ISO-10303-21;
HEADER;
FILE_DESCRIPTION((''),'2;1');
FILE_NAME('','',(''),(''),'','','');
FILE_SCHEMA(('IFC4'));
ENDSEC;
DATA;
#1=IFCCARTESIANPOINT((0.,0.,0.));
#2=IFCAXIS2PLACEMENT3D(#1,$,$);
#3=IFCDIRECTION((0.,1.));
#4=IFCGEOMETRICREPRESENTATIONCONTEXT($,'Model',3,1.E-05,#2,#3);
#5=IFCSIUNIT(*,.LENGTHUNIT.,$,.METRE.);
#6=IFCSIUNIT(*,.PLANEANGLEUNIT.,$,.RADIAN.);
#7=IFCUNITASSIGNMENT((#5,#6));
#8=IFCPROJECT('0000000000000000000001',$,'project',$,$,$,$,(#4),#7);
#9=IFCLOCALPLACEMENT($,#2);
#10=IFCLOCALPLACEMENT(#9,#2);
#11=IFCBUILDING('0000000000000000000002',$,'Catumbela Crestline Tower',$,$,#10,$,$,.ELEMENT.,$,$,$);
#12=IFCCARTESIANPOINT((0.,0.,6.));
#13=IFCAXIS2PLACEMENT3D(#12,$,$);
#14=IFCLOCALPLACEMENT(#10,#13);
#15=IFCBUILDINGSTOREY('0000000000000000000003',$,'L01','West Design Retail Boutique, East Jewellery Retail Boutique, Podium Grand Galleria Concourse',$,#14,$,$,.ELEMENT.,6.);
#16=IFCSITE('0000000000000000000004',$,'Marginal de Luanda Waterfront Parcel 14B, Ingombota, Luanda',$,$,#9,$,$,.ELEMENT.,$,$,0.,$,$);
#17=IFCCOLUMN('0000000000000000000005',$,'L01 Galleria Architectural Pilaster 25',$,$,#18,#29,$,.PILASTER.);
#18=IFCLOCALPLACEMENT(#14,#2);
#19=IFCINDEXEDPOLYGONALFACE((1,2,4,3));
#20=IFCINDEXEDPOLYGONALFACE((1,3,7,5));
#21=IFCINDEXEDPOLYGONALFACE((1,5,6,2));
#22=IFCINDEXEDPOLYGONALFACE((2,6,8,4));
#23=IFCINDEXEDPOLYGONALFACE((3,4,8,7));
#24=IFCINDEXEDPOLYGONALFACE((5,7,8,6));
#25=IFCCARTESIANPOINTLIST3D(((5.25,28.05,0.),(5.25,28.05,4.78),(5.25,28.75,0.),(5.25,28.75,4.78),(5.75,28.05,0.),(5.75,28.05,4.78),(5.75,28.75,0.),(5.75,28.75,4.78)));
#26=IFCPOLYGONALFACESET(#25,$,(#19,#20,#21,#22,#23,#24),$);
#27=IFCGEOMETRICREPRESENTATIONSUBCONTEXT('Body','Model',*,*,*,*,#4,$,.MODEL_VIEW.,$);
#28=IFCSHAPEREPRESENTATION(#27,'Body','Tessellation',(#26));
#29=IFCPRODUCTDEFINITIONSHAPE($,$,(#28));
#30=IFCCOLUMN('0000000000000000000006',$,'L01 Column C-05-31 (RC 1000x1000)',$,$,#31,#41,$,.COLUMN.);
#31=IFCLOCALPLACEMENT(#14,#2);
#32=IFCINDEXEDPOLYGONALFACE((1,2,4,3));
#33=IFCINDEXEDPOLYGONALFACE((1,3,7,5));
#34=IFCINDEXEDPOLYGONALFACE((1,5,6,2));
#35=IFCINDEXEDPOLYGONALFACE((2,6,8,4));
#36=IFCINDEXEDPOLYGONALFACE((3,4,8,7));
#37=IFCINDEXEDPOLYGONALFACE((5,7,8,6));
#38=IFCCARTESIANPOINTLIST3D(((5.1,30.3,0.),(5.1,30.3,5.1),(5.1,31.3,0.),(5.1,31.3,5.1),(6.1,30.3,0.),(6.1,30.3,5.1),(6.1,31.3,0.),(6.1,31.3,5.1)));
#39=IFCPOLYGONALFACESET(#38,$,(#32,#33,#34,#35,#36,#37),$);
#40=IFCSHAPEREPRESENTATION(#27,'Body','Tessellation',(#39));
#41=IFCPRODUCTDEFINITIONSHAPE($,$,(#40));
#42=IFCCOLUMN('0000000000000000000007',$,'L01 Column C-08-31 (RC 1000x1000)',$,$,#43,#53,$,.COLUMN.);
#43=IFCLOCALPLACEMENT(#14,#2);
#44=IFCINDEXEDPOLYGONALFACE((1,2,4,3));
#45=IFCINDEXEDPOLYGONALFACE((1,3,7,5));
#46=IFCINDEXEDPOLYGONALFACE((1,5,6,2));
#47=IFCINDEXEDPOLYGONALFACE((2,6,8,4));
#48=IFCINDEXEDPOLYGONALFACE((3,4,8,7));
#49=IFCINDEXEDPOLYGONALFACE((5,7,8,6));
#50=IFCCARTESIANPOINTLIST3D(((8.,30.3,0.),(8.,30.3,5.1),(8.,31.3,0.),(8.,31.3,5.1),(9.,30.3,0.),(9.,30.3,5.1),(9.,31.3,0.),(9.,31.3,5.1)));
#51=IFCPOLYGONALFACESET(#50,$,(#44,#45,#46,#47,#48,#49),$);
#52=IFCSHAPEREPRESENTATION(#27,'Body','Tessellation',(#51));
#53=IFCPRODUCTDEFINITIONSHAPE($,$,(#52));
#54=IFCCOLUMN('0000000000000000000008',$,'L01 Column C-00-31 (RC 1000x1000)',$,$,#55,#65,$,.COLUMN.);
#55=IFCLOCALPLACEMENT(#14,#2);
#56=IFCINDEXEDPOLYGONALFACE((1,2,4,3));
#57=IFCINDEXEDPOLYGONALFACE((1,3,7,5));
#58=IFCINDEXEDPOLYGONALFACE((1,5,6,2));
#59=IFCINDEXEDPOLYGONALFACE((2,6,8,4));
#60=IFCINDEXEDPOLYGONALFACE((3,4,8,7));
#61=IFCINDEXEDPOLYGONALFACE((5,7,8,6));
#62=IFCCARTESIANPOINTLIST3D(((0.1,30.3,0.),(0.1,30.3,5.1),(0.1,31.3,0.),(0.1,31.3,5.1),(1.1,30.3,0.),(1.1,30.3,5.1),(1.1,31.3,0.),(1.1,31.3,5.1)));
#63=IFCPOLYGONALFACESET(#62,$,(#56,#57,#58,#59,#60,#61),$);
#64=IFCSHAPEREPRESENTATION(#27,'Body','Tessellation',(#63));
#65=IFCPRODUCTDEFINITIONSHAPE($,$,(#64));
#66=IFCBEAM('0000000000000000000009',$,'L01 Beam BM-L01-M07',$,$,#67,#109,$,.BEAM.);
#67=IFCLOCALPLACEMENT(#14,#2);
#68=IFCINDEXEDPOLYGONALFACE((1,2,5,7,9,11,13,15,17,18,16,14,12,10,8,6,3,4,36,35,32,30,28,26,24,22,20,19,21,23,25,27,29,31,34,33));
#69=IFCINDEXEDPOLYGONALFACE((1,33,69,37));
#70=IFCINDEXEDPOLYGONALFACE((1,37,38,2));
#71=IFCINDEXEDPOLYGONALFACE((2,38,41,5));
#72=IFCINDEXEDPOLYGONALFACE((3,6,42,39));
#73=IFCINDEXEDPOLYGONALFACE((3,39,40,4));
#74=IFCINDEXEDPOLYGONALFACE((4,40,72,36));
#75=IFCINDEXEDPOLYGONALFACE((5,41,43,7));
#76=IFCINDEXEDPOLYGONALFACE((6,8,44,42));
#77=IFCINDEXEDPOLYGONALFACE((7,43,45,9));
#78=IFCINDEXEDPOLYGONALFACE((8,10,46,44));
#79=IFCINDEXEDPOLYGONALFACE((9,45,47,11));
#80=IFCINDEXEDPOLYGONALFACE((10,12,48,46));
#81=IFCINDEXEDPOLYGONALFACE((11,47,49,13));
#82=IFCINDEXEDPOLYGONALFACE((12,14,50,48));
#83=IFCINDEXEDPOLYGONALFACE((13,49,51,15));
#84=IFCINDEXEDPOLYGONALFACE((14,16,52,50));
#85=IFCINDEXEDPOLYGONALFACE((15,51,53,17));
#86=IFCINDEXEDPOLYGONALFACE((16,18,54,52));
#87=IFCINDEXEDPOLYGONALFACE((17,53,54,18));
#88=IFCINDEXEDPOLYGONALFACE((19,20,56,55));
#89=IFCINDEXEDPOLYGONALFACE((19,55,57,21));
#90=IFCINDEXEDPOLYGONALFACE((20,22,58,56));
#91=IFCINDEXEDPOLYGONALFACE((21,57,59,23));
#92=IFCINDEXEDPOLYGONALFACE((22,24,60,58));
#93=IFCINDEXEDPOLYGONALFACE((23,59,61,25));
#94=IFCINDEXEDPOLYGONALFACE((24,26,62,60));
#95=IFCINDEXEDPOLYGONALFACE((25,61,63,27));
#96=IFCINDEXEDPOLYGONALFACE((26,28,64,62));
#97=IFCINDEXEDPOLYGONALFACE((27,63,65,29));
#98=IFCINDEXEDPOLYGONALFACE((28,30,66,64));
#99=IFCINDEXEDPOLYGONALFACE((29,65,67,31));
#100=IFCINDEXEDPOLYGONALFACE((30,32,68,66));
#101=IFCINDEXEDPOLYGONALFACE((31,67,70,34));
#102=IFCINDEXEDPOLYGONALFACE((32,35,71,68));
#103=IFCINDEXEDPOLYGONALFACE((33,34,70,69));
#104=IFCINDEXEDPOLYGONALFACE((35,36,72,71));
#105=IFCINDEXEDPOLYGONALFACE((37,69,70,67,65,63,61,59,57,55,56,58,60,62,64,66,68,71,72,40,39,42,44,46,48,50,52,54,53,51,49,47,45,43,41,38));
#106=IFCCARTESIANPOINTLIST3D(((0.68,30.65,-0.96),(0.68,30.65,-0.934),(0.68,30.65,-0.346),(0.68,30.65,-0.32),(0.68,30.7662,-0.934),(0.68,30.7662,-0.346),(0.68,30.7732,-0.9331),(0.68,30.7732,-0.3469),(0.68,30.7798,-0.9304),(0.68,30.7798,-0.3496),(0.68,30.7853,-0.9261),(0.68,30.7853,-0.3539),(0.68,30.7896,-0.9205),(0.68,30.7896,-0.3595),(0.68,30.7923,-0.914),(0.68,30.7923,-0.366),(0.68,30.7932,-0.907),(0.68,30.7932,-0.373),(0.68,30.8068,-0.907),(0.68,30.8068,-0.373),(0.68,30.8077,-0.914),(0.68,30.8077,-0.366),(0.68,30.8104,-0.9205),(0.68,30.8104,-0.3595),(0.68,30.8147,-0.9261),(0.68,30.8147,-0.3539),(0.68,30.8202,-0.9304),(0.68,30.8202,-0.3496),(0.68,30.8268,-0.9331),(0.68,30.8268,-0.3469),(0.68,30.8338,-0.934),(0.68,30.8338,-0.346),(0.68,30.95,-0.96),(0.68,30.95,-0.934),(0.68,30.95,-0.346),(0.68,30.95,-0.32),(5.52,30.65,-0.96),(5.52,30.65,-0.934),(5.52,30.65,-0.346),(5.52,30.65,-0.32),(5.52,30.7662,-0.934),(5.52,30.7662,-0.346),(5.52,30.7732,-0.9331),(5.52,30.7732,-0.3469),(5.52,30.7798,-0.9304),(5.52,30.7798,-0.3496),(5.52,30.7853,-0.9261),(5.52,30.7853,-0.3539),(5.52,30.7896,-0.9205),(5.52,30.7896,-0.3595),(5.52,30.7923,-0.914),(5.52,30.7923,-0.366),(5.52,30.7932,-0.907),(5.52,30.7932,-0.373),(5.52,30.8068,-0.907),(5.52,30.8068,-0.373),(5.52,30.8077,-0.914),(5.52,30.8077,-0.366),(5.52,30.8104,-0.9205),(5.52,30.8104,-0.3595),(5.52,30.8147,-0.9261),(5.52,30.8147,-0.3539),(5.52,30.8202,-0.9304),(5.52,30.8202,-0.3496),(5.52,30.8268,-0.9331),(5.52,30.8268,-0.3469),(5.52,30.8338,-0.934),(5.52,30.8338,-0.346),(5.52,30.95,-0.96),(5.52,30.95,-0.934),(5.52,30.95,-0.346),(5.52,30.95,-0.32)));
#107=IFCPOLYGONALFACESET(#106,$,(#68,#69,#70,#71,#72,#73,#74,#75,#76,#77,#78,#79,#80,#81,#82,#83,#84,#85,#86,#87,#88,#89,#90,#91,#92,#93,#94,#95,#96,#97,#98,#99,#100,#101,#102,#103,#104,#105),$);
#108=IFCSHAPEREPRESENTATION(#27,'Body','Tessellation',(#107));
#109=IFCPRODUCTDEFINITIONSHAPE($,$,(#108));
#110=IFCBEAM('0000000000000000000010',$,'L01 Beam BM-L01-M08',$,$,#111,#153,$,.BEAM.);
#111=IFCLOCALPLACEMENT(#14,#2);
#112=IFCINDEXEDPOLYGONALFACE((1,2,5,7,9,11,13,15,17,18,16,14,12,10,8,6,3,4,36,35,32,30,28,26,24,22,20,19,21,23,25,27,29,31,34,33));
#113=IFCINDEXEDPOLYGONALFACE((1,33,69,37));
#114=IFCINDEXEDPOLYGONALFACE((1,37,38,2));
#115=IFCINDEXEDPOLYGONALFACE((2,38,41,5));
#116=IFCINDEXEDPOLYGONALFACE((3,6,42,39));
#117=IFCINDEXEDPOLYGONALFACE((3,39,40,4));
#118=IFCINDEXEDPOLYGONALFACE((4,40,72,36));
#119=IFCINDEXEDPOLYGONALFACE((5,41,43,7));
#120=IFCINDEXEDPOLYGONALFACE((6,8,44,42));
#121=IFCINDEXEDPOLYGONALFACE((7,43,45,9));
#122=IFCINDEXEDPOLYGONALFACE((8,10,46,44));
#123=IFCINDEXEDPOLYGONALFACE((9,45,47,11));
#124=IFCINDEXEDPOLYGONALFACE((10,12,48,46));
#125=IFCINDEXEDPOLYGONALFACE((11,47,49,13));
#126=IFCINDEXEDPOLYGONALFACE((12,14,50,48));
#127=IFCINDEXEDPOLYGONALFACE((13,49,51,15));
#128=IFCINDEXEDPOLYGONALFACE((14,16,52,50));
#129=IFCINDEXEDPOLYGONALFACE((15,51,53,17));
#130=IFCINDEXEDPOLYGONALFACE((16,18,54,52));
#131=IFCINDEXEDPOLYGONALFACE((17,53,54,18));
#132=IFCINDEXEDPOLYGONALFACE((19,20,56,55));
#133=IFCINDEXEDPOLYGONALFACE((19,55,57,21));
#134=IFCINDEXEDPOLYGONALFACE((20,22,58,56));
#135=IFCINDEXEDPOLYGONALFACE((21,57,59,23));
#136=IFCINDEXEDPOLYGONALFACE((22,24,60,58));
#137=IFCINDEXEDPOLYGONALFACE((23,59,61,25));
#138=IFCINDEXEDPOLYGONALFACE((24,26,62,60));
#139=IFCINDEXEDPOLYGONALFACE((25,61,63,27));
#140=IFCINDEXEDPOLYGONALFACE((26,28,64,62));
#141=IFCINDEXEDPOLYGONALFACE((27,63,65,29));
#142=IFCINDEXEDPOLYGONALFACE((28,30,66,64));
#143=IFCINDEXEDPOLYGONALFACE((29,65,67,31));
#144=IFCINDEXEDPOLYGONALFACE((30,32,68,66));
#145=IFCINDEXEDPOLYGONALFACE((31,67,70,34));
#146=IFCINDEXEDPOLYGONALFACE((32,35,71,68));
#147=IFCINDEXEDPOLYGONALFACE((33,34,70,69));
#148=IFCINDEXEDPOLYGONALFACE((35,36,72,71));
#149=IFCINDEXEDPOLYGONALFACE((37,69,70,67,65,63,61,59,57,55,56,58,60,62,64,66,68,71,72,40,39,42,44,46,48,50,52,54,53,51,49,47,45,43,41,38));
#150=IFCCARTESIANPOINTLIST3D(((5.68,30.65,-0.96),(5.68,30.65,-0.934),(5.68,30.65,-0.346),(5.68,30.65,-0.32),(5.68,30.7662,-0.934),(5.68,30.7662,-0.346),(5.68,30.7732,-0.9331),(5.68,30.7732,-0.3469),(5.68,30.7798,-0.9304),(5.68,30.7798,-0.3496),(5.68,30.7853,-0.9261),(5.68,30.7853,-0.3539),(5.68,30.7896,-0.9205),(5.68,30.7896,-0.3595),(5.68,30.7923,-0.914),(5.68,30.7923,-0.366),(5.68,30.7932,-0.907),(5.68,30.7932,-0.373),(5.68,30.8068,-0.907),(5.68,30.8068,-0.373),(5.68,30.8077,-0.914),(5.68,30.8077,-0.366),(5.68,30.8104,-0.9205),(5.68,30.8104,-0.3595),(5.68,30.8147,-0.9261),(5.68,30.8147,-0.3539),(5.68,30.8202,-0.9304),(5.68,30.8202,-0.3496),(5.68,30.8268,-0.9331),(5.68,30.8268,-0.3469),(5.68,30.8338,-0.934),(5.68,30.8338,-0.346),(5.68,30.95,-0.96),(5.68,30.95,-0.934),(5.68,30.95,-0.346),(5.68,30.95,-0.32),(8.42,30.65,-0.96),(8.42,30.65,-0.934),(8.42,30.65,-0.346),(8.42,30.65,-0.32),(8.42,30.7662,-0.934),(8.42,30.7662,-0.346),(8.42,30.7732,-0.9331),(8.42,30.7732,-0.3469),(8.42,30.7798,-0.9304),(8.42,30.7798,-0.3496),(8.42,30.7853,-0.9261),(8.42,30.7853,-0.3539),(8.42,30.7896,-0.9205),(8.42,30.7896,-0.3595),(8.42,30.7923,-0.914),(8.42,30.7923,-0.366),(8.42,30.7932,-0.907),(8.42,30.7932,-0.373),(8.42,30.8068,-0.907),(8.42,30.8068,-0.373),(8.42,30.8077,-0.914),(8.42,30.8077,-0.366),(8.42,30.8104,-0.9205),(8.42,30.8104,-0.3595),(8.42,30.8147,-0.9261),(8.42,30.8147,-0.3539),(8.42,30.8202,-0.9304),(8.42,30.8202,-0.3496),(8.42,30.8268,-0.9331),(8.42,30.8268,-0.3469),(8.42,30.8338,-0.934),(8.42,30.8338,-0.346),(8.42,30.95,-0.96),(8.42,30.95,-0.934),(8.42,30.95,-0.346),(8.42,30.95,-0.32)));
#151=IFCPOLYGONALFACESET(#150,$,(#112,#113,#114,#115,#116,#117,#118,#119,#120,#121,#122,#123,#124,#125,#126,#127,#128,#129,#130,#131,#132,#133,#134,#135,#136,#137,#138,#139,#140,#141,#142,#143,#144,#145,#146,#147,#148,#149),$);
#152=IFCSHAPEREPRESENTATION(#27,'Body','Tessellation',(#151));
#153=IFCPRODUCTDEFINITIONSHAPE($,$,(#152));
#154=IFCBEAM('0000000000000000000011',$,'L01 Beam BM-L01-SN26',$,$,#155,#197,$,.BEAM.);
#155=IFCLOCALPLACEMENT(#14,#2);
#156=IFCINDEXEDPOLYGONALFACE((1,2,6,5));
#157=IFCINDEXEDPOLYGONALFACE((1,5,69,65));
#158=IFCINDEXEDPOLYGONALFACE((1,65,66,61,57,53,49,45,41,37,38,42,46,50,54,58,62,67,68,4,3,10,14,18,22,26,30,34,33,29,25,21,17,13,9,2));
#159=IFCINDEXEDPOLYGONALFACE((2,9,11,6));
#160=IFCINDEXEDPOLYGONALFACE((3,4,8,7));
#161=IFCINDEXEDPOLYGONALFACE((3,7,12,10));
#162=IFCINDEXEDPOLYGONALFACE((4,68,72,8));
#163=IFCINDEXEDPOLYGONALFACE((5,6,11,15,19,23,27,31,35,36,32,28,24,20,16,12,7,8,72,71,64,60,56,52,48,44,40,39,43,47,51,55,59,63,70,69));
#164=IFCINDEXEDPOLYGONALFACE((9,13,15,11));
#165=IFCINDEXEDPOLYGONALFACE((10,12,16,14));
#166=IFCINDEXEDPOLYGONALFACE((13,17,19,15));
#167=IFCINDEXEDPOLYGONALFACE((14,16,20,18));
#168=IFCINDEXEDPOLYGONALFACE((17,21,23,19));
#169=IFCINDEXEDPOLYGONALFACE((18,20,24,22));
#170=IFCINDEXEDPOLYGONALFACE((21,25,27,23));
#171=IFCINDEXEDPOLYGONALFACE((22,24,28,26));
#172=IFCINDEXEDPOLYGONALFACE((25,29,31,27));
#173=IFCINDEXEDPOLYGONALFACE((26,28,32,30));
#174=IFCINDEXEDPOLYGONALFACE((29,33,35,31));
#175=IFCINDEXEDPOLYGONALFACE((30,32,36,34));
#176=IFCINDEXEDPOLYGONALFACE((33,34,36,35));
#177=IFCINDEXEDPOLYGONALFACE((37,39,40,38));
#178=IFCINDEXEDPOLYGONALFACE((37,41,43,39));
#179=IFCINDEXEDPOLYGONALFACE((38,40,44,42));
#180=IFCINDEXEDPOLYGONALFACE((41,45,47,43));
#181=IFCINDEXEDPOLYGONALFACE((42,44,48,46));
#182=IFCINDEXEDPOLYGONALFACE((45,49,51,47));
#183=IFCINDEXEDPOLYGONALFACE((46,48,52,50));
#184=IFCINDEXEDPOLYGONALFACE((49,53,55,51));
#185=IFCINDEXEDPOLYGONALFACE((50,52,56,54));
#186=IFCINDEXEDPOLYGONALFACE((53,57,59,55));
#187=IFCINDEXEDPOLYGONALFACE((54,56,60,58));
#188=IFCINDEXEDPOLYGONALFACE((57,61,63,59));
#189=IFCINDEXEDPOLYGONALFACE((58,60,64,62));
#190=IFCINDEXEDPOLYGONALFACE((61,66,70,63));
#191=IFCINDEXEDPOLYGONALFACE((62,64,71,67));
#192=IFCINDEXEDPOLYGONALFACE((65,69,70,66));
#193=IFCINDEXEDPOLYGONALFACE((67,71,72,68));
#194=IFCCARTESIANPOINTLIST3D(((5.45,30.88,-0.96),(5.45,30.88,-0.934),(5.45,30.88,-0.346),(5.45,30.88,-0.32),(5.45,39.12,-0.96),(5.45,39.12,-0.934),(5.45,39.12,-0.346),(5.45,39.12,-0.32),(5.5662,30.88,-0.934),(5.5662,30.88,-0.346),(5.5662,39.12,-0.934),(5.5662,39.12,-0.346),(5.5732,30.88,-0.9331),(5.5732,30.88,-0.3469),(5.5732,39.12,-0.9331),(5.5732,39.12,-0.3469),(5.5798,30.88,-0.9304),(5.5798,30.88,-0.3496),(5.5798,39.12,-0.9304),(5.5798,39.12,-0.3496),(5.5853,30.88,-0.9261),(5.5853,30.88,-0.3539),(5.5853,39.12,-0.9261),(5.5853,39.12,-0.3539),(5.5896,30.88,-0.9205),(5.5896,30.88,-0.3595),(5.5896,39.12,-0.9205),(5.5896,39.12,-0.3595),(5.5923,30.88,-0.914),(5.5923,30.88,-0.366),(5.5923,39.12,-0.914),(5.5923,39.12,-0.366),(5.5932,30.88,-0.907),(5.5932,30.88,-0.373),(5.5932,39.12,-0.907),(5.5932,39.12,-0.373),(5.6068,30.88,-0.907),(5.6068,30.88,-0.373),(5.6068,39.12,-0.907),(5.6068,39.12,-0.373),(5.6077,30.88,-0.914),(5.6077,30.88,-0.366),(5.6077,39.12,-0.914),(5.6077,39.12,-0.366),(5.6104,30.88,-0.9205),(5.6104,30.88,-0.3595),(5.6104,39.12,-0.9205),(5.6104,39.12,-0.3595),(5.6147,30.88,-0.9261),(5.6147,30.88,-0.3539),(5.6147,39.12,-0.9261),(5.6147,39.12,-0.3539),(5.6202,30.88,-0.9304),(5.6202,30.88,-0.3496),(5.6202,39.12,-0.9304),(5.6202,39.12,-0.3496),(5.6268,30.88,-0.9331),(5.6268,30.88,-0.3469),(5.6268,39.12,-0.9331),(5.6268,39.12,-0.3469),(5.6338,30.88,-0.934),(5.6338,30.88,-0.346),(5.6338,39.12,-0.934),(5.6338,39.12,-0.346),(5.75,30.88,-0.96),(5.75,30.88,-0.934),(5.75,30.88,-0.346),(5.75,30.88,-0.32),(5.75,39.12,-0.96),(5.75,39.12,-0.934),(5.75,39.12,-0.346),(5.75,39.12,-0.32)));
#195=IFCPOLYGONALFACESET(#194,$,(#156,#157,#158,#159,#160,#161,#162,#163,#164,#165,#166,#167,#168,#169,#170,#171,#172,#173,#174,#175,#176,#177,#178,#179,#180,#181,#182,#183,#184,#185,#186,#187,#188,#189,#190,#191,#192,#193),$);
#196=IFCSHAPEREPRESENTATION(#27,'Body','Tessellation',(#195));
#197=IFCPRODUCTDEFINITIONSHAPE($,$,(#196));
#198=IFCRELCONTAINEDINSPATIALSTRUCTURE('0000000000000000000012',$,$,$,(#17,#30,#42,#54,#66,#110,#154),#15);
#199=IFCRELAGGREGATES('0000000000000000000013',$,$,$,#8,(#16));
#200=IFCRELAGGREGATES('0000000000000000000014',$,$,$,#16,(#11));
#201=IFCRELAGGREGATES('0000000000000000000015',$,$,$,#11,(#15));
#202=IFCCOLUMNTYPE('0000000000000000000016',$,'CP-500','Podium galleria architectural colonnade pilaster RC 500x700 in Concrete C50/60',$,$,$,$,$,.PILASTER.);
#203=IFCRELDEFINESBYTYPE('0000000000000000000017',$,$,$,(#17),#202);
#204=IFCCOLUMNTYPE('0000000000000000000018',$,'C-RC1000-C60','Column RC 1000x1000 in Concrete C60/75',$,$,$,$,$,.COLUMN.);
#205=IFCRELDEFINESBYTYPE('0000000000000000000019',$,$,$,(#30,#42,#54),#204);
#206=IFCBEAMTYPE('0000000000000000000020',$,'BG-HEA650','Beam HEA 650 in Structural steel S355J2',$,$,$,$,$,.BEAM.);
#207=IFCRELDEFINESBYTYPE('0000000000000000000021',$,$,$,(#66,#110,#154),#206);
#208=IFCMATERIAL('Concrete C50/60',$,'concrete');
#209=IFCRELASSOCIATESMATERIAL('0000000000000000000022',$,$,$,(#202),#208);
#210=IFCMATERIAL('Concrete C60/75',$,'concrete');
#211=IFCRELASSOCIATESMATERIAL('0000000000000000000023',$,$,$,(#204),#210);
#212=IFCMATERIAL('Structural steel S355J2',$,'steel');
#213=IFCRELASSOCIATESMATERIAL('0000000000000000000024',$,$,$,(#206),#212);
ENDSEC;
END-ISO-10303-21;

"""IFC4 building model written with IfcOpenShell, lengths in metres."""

from ifc_helpers import new_model, si_unit, direction, frame, origin, origin_2d, place, context, subcontext, project, spatial, rectangle, i_section, extrude, material, material_profile, profile_set, type_object, element, save


model = new_model("IFC4")

# Units and contexts
model_context = context("Model", 3, precision=1e-05, world=origin(), true_north=direction((0.0, 1.0)))
body_context = subcontext(model_context, "Body", "Model", "MODEL_VIEW")
ifc_project = project(units=[si_unit("LENGTHUNIT", "METRE"), si_unit("PLANEANGLEUNIT", "RADIAN")], contexts=[model_context])

# Site, building, storey
site_placement = place(None, origin())
site = spatial("IfcSite", under=ifc_project, at=site_placement, Name="Marginal de Luanda Waterfront Parcel 14B, Ingombota, Luanda", CompositionType="ELEMENT", RefElevation=0.0)
building_placement = place(site_placement, origin())
building = spatial("IfcBuilding", under=site, at=building_placement, Name="Catumbela Crestline Tower", CompositionType="ELEMENT")
storey_placement = place(building_placement, frame((0.0, 0.0, 6.0)))
storey = spatial("IfcBuildingStorey", under=building, at=storey_placement, Name="L01", Description="West Design Retail Boutique, East Jewellery Retail Boutique, Podium Grand Galleria Concourse", CompositionType="ELEMENT", Elevation=6.0)

# Columns
ifc_material_1 = material(Name="Concrete C50/60", Category="concrete")
ifc_material_profile_1 = material_profile(ifc_material_1, rectangle(XDim=0.5, YDim=0.7, at=origin_2d()), Name="RC 500x700")
ifc_profile_set_1 = profile_set([ifc_material_profile_1], Name="Concrete C50/60")
column_type_1 = type_object("IfcColumnType", Name="CP-500", Description="Podium galleria architectural colonnade pilaster RC 500x700 in Concrete C50/60", PredefinedType="PILASTER", material=ifc_profile_set_1)
column_placement = place(storey_placement, frame((5.5, 28.4, 0.0), z_axis=(0.0, 0.0, 1.0), x_axis=(1.0, 0.0, 0.0)))
element("IfcColumn", 1, at=column_placement, inside=storey, type_object=column_type_1, Name="L01 Galleria Architectural Pilaster 25", PredefinedType="PILASTER", context=body_context, shape_type="SweptSolid", body=[
    extrude(rectangle(XDim=0.5, YDim=0.7, at=origin_2d()), origin(), (0.0, 0.0, 1.0), 4.78),
])
ifc_material_2 = material(Name="Concrete C60/75", Category="concrete")
ifc_material_profile_2 = material_profile(ifc_material_2, rectangle(XDim=1.0, YDim=1.0, at=origin_2d()), Name="RC 1000x1000")
ifc_profile_set_2 = profile_set([ifc_material_profile_2], Name="Concrete C60/75")
column_type_2 = type_object("IfcColumnType", Name="C-RC1000-C60", Description="Column RC 1000x1000 in Concrete C60/75", PredefinedType="COLUMN", material=ifc_profile_set_2)
for number, where, z_axis, x_axis, name in (
    (2, (5.6, 30.8, 0.0), (0.0, 0.0, 1.0), (1.0, 0.0, 0.0), "L01 Column C-05-31 (RC 1000x1000)"),
    (3, (8.5, 30.8, 0.0), (0.0, 0.0, 1.0), (1.0, 0.0, 0.0), "L01 Column C-08-31 (RC 1000x1000)"),
    (4, (0.6, 30.8, 0.0), (0.0, 0.0, 1.0), (1.0, 0.0, 0.0), "L01 Column C-00-31 (RC 1000x1000)"),
):
    element("IfcColumn", number, at=place(storey_placement, frame(where, z_axis=z_axis, x_axis=x_axis)), inside=storey, type_object=column_type_2, Name=name, PredefinedType="COLUMN", context=body_context, shape_type="SweptSolid", body=[
        extrude(rectangle(XDim=1.0, YDim=1.0, at=origin_2d()), origin(), (0.0, 0.0, 1.0), 5.1),
    ])

# Beams
ifc_material_3 = material(Name="Structural steel S355J2", Category="steel")
ifc_material_profile_3 = material_profile(ifc_material_3, i_section(OverallWidth=0.3, OverallDepth=0.64, WebThickness=0.0135, FlangeThickness=0.026, FilletRadius=0.027, at=origin_2d()), Name="HEA 650")
ifc_profile_set_3 = profile_set([ifc_material_profile_3], Name="Structural steel S355J2")
beam_type_1 = type_object("IfcBeamType", Name="BG-HEA650", Description="Beam HEA 650 in Structural steel S355J2", PredefinedType="BEAM", material=ifc_profile_set_3)
beam_1_placement = place(storey_placement, frame((0.68, 30.8, -0.64), z_axis=(1.0, 0.0, 0.0), x_axis=(0.0, 1.0, 0.0)))
element("IfcBeam", 5, at=beam_1_placement, inside=storey, type_object=beam_type_1, Name="L01 Beam BM-L01-M07", PredefinedType="BEAM", context=body_context, shape_type="SweptSolid", body=[
    extrude(i_section(OverallWidth=0.3, OverallDepth=0.64, WebThickness=0.0135, FlangeThickness=0.026, FilletRadius=0.027, at=origin_2d()), origin(), (0.0, 0.0, 1.0), 4.84),
])
beam_2_placement = place(storey_placement, frame((5.68, 30.8, -0.64), z_axis=(1.0, 0.0, 0.0), x_axis=(0.0, 1.0, 0.0)))
element("IfcBeam", 6, at=beam_2_placement, inside=storey, type_object=beam_type_1, Name="L01 Beam BM-L01-M08", PredefinedType="BEAM", context=body_context, shape_type="SweptSolid", body=[
    extrude(i_section(OverallWidth=0.3, OverallDepth=0.64, WebThickness=0.0135, FlangeThickness=0.026, FilletRadius=0.027, at=origin_2d()), origin(), (0.0, 0.0, 1.0), 2.74),
])
beam_3_placement = place(storey_placement, frame((5.6, 30.88, -0.64), z_axis=(0.0, 1.0, 0.0), x_axis=(-1.0, 0.0, 0.0)))
element("IfcBeam", 7, at=beam_3_placement, inside=storey, type_object=beam_type_1, Name="L01 Beam BM-L01-SN26", PredefinedType="BEAM", context=body_context, shape_type="SweptSolid", body=[
    extrude(i_section(OverallWidth=0.3, OverallDepth=0.64, WebThickness=0.0135, FlangeThickness=0.026, FilletRadius=0.027, at=origin_2d()), origin(), (0.0, 0.0, 1.0), 8.24),
])

save(model, "model.ifc")
